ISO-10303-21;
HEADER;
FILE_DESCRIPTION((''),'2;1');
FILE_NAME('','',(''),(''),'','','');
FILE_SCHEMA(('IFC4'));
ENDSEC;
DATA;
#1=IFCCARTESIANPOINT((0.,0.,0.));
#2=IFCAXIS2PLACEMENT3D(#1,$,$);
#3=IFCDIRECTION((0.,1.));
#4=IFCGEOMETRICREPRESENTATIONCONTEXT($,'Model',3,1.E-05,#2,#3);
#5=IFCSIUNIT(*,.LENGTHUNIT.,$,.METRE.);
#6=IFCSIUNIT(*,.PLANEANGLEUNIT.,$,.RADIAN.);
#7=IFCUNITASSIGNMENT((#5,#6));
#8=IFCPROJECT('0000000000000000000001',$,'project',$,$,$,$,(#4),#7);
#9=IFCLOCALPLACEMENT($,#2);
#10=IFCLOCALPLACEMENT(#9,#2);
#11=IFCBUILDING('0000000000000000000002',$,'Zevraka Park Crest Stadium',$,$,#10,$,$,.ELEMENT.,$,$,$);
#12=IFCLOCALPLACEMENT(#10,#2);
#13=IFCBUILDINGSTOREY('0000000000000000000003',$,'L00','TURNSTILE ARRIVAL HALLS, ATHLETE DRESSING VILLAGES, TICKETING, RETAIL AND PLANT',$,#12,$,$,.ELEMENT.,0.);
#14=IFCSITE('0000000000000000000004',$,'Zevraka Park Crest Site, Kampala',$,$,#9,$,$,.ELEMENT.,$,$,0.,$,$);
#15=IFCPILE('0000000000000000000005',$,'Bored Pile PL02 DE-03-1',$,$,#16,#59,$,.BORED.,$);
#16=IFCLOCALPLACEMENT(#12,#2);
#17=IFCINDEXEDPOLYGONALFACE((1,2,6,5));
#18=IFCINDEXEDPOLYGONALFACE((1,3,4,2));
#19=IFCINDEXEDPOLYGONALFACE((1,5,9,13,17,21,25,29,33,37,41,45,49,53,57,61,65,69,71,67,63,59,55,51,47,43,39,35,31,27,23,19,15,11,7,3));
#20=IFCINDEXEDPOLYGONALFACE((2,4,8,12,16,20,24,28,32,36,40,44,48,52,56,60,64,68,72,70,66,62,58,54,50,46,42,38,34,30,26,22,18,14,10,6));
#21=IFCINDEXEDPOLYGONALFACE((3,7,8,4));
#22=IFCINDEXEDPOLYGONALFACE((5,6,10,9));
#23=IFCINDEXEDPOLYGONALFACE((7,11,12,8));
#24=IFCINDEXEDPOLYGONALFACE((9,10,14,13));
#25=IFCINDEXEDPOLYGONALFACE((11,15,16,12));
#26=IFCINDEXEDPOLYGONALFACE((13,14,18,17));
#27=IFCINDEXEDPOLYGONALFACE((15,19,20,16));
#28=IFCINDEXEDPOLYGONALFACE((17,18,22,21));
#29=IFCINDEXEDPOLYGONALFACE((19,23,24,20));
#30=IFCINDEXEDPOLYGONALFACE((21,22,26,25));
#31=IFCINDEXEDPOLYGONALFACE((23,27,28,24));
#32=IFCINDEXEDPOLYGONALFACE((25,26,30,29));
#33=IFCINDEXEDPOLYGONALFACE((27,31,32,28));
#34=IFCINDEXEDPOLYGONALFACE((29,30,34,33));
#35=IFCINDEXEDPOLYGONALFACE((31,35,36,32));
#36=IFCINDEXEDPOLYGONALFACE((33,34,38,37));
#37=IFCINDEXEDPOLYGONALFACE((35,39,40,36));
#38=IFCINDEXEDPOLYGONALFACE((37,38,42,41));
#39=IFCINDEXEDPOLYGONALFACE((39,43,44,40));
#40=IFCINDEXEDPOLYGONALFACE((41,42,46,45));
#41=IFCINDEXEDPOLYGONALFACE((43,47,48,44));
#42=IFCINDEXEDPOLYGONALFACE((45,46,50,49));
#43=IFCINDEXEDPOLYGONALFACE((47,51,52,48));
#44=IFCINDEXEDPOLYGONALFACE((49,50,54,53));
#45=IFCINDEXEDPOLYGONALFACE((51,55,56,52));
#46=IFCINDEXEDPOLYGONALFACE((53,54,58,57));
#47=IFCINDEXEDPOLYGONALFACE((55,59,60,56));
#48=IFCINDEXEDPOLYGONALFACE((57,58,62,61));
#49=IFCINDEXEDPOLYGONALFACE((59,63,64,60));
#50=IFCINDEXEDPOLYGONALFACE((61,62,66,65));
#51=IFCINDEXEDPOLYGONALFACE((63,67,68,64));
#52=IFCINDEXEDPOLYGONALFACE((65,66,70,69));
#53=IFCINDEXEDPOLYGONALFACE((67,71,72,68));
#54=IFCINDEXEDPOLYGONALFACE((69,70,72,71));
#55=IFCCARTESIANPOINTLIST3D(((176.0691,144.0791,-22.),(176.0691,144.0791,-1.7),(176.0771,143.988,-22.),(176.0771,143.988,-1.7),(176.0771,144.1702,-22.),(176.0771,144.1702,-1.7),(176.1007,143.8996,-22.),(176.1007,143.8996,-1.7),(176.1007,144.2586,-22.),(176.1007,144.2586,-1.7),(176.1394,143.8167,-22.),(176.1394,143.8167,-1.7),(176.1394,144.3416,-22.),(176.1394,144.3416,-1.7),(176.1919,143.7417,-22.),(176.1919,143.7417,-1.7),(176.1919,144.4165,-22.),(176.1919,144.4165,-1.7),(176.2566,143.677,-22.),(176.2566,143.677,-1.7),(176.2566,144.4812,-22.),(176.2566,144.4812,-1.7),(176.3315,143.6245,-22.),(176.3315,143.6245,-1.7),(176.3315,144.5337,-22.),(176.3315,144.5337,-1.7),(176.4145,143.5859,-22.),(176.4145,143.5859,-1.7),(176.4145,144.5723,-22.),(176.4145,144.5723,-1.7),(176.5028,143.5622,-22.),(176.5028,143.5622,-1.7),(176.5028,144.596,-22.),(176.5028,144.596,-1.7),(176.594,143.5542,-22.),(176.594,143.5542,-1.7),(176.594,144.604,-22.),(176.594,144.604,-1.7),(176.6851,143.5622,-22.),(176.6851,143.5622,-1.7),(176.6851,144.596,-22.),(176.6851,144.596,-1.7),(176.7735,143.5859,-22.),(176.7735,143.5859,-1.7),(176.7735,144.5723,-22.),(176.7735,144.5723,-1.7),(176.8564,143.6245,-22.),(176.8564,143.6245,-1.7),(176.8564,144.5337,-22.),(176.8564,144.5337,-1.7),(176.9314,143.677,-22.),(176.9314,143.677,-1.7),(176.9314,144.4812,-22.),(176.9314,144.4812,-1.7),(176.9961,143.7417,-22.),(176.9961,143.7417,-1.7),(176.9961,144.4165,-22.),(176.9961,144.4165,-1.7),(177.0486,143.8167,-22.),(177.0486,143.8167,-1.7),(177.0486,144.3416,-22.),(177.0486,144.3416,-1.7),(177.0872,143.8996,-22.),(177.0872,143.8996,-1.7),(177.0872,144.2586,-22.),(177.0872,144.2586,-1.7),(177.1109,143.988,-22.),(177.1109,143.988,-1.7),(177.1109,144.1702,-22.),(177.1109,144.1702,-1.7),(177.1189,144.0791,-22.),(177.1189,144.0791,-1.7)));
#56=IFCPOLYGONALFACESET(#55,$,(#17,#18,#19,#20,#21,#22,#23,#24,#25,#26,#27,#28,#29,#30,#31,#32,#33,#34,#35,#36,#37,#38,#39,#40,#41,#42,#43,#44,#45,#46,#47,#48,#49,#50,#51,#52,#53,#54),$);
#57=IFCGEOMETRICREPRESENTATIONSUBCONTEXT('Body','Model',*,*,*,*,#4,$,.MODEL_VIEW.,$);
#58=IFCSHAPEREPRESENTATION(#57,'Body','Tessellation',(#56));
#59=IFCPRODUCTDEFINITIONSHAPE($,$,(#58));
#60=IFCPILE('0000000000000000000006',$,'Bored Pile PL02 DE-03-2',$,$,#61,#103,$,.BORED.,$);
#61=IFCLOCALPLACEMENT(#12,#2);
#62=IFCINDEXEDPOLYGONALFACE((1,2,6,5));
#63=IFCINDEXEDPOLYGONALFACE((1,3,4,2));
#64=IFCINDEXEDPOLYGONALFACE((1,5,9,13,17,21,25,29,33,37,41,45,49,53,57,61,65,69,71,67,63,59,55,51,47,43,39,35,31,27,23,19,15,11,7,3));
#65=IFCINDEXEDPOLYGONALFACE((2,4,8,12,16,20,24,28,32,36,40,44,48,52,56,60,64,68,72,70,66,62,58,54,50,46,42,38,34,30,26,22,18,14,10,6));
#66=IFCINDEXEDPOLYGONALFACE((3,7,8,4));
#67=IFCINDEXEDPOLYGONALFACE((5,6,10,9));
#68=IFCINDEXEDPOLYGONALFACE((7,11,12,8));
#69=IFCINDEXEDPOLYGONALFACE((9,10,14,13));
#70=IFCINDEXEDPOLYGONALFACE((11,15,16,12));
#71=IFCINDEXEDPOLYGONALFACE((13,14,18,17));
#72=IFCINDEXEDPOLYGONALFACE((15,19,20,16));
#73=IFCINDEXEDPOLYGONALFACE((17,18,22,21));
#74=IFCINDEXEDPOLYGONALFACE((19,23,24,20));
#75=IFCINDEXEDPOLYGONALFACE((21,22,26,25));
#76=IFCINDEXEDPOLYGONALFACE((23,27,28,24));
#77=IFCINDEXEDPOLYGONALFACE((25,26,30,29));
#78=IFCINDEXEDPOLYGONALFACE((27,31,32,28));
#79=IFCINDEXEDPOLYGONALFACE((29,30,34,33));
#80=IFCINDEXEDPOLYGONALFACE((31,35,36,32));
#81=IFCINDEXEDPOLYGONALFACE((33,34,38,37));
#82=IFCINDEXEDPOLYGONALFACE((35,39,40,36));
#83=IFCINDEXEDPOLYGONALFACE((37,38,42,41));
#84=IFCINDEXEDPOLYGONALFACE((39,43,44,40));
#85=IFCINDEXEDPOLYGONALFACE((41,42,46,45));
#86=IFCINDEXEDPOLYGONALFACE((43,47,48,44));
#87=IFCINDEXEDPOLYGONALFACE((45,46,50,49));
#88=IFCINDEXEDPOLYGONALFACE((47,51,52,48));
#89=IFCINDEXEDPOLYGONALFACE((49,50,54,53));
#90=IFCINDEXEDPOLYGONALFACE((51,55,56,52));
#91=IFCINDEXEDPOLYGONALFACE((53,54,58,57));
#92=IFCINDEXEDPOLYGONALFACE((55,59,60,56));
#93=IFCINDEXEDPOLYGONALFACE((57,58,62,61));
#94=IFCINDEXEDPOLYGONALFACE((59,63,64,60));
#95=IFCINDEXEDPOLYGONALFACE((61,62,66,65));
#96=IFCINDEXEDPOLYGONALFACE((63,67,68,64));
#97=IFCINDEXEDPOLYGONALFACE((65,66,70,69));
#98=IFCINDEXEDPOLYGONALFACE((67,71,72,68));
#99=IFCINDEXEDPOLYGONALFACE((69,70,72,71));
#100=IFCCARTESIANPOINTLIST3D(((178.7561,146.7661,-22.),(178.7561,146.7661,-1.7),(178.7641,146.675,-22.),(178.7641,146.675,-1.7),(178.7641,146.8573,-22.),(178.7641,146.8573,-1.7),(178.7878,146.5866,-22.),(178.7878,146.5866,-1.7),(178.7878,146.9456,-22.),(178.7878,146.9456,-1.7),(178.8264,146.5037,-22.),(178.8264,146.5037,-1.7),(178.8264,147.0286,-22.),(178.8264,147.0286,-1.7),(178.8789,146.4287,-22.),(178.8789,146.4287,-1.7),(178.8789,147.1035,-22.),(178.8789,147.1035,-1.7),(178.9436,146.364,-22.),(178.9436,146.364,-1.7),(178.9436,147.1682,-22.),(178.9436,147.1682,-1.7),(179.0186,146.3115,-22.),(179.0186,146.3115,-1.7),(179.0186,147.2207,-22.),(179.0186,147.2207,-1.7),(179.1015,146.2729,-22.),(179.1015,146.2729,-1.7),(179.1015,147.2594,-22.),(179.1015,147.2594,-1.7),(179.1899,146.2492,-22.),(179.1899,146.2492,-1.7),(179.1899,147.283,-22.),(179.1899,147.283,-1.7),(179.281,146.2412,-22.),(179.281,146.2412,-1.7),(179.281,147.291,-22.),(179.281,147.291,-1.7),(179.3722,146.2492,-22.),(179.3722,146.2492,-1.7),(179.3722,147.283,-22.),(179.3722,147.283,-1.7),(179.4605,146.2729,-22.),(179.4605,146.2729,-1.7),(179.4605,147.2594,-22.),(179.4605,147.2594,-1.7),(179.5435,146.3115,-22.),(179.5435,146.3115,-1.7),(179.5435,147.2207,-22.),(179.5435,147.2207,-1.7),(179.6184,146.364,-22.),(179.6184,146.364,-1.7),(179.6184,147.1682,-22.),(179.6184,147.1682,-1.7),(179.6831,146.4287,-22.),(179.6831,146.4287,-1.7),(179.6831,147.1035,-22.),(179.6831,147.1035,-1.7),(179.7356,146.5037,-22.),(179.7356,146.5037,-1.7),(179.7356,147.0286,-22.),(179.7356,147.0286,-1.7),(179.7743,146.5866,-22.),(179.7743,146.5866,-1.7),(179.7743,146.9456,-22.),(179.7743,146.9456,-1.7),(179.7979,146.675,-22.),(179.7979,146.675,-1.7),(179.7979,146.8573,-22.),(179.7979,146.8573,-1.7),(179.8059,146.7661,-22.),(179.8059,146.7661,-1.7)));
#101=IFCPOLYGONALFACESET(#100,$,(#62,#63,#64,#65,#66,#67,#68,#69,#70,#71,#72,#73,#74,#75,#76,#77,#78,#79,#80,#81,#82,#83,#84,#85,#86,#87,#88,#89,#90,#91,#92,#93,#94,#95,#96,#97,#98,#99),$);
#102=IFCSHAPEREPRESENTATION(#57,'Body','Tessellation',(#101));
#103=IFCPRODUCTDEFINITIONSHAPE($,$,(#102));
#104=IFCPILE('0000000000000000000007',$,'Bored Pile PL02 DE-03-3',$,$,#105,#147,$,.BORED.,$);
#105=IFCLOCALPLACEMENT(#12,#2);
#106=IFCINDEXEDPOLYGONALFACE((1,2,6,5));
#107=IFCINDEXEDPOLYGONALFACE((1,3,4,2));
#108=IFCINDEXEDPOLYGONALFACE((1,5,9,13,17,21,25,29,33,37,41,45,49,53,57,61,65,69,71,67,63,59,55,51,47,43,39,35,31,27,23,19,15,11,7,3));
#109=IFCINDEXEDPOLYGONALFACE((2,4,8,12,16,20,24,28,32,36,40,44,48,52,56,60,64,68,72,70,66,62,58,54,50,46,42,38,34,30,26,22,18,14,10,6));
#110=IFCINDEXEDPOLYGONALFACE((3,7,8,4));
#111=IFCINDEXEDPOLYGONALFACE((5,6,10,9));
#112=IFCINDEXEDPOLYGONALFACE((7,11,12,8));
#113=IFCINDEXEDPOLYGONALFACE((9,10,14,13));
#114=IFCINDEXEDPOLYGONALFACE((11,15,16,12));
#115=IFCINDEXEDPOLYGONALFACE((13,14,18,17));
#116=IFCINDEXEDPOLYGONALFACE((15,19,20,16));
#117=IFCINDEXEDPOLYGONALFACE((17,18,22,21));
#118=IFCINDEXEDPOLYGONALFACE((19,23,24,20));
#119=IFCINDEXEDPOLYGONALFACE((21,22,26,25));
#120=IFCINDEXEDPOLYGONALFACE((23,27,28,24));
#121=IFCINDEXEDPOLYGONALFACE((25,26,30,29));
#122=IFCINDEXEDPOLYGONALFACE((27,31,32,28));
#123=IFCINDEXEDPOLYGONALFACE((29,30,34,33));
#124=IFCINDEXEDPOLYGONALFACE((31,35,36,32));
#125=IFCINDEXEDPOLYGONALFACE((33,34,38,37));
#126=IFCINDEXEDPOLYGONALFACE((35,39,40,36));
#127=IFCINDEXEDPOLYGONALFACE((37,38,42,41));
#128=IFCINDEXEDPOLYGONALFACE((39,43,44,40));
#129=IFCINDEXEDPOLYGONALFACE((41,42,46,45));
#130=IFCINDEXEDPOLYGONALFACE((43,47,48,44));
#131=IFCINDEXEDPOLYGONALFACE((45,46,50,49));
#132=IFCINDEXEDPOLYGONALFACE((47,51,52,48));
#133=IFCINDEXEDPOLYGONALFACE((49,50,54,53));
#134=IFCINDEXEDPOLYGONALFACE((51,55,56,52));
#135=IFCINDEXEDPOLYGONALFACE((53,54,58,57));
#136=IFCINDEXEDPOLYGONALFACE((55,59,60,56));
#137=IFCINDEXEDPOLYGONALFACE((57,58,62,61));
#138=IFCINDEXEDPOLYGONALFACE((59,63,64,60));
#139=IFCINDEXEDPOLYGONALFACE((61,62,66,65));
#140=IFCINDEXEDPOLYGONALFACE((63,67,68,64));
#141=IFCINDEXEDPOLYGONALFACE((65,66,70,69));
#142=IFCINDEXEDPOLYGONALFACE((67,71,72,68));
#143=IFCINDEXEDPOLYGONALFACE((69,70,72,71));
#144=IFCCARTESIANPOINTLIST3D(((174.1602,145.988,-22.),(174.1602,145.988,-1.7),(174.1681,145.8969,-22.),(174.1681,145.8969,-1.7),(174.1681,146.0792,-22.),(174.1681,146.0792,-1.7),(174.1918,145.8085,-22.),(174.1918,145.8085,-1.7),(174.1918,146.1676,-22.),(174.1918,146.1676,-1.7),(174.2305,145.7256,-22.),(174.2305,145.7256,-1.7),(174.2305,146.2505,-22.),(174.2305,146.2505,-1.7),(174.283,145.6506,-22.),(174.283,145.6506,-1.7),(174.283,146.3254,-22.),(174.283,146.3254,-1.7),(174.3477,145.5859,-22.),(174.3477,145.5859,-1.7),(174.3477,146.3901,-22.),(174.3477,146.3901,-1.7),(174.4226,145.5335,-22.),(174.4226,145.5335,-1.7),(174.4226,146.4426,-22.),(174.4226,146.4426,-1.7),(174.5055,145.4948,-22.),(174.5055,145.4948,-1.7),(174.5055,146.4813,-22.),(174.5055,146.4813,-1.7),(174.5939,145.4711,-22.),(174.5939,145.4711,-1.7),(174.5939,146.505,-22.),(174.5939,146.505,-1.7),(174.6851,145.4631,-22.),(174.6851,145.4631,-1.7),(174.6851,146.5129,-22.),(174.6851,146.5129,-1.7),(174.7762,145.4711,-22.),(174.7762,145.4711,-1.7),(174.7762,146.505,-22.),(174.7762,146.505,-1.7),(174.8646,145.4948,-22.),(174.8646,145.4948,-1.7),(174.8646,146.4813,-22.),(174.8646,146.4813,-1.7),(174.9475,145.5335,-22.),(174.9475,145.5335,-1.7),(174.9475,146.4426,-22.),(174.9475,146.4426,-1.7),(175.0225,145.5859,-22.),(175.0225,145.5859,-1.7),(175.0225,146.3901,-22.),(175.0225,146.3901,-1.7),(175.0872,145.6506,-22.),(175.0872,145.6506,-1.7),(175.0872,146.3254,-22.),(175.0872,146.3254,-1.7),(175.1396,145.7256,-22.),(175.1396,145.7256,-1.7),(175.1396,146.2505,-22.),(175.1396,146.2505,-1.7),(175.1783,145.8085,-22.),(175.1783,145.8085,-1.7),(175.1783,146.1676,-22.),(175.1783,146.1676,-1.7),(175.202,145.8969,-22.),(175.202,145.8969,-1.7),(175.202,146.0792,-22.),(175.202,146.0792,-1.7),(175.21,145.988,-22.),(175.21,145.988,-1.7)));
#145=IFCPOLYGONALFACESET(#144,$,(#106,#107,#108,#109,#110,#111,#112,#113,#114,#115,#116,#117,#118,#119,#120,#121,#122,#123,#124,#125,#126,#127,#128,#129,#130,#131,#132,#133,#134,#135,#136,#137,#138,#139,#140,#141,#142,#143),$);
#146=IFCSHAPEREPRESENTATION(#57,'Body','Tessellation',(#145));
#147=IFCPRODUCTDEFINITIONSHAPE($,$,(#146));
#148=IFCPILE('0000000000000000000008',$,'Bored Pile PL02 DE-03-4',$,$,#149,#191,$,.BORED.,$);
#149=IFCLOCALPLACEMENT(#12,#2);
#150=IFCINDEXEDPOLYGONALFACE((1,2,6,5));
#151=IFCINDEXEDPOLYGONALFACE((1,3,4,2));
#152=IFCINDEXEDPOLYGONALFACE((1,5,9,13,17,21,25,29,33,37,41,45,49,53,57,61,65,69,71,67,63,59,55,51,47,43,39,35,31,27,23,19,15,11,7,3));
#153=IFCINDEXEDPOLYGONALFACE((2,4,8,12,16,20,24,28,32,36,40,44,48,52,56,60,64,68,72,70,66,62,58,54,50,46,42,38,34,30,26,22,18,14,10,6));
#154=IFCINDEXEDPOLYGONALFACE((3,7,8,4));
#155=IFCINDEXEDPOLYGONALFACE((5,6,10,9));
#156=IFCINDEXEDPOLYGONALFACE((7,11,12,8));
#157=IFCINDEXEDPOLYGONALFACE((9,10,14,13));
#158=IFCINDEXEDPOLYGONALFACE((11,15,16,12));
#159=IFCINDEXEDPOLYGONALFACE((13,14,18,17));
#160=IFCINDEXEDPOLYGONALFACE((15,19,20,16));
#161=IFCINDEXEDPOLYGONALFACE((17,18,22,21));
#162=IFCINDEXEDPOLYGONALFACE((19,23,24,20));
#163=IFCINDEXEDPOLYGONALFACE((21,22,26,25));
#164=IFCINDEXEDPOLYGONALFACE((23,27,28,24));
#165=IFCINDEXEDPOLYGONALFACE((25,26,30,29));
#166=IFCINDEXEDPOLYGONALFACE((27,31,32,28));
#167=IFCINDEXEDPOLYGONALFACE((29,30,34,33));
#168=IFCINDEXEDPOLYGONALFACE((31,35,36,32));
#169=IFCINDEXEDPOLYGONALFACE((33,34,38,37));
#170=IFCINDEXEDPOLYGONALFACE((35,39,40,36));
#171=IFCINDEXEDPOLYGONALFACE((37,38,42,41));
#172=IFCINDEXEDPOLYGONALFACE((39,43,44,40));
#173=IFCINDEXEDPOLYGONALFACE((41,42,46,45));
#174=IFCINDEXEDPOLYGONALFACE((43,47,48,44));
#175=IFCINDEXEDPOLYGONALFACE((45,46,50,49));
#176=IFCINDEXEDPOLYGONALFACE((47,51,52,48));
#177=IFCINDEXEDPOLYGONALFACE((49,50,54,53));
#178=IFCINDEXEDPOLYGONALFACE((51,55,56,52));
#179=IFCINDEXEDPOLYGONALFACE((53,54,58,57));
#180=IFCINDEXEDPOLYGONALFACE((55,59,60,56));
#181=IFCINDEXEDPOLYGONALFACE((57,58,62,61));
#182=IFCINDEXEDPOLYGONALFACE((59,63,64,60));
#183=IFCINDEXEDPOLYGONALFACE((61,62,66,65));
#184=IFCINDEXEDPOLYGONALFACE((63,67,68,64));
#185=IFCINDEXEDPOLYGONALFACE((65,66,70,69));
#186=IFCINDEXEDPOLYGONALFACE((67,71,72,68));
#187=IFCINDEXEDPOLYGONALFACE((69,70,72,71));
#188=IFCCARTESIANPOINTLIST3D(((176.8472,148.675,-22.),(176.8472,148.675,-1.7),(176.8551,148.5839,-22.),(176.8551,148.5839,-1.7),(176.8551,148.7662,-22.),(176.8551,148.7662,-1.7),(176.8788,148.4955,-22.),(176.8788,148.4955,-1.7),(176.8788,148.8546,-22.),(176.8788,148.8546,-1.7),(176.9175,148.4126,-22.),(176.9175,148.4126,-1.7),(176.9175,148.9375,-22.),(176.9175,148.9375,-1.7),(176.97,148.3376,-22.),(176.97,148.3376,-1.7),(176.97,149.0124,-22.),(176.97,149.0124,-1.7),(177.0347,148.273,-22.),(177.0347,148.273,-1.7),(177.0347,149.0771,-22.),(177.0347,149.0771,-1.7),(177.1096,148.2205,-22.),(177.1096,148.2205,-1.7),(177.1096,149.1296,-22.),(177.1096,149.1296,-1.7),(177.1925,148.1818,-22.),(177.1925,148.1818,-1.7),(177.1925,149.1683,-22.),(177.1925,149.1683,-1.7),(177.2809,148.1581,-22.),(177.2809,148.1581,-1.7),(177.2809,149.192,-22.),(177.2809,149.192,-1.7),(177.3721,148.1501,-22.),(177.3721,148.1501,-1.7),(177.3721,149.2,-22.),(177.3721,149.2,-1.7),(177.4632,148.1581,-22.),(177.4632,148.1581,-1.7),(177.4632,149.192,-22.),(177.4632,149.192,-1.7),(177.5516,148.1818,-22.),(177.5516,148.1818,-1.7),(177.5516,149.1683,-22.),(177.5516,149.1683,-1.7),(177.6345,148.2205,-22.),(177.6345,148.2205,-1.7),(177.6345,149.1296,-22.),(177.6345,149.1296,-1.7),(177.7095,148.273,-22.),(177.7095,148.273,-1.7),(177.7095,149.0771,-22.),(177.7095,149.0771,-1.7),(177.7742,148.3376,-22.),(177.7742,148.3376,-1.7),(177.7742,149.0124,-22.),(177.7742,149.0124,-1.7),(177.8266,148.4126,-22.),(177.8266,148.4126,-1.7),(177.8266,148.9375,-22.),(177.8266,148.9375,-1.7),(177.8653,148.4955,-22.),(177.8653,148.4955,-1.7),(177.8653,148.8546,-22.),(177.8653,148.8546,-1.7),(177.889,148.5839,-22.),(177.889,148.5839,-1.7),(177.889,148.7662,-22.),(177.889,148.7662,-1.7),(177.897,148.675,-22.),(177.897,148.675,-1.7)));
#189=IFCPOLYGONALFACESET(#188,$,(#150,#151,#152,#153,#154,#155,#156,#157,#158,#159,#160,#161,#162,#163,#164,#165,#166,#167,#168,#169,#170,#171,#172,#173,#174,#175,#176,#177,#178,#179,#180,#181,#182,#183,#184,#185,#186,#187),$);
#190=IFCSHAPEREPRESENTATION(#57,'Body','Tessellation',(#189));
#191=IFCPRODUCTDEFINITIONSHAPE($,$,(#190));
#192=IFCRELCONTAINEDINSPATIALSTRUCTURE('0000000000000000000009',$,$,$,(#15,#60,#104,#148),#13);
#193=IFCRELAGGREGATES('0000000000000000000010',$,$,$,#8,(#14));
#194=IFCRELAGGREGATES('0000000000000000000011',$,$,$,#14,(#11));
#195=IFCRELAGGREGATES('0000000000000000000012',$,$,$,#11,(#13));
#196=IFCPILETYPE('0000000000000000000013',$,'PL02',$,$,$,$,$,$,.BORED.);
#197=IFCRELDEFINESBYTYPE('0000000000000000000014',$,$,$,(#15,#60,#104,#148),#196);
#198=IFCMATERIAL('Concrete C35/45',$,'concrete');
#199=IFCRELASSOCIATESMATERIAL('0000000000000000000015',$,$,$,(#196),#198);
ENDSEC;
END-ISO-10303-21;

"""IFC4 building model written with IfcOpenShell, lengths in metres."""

from ifc_helpers import new_model, si_unit, direction, frame, origin, origin_2d, place, context, subcontext, project, spatial, circle, extrude, material, material_profile, profile_set, type_object, element, save


model = new_model("IFC4")

# Units and contexts
model_context = context("Model", 3, precision=1e-05, world=origin(), true_north=direction((0.0, 1.0)))
body_context = subcontext(model_context, "Body", "Model", "MODEL_VIEW")
ifc_project = project(units=[si_unit("LENGTHUNIT", "METRE"), si_unit("PLANEANGLEUNIT", "RADIAN")], contexts=[model_context])

# Site, building, storey
site_placement = place(None, origin())
site = spatial("IfcSite", under=ifc_project, at=site_placement, Name="Zevraka Park Crest Site, Kampala", CompositionType="ELEMENT", RefElevation=0.0)
building_placement = place(site_placement, origin())
building = spatial("IfcBuilding", under=site, at=building_placement, Name="Zevraka Park Crest Stadium", CompositionType="ELEMENT")
storey_placement = place(building_placement, origin())
storey = spatial("IfcBuildingStorey", under=building, at=storey_placement, Name="L00", Description="TURNSTILE ARRIVAL HALLS, ATHLETE DRESSING VILLAGES, TICKETING, RETAIL AND PLANT", CompositionType="ELEMENT", Elevation=0.0)

# Piles
ifc_material_1 = material(Name="Concrete C35/45", Category="concrete")
ifc_material_profile_1 = material_profile(ifc_material_1, circle(Radius=0.5249, at=origin_2d()), Name="PILE D1050")
ifc_profile_set_1 = profile_set([ifc_material_profile_1], Name="Concrete C35/45")
pile_type_1 = type_object("IfcPileType", Name="PL02", PredefinedType="BORED", material=ifc_profile_set_1)
for number, where, z_axis, x_axis, name in (
    (1, (176.594, 144.0791, -1.7), (0.0, 0.0, -1.0), (1.0, 0.0, 0.0), "Bored Pile PL02 DE-03-1"),
    (2, (179.281, 146.7661, -1.7), (0.0, 0.0, -1.0), (1.0, 0.0, 0.0), "Bored Pile PL02 DE-03-2"),
    (3, (174.6851, 145.988, -1.7), (0.0, 0.0, -1.0), (1.0, 0.0, 0.0), "Bored Pile PL02 DE-03-3"),
    (4, (177.3721, 148.675, -1.7), (0.0, 0.0, -1.0), (1.0, 0.0, 0.0), "Bored Pile PL02 DE-03-4"),
):
    element("IfcPile", number, at=place(storey_placement, frame(where, z_axis=z_axis, x_axis=x_axis)), inside=storey, type_object=pile_type_1, Name=name, PredefinedType="BORED", context=body_context, shape_type="SweptSolid", body=[
        extrude(circle(Radius=0.5249, at=origin_2d()), origin(), (0.0, 0.0, 1.0), 20.3),
    ])

save(model, "model.ifc")
